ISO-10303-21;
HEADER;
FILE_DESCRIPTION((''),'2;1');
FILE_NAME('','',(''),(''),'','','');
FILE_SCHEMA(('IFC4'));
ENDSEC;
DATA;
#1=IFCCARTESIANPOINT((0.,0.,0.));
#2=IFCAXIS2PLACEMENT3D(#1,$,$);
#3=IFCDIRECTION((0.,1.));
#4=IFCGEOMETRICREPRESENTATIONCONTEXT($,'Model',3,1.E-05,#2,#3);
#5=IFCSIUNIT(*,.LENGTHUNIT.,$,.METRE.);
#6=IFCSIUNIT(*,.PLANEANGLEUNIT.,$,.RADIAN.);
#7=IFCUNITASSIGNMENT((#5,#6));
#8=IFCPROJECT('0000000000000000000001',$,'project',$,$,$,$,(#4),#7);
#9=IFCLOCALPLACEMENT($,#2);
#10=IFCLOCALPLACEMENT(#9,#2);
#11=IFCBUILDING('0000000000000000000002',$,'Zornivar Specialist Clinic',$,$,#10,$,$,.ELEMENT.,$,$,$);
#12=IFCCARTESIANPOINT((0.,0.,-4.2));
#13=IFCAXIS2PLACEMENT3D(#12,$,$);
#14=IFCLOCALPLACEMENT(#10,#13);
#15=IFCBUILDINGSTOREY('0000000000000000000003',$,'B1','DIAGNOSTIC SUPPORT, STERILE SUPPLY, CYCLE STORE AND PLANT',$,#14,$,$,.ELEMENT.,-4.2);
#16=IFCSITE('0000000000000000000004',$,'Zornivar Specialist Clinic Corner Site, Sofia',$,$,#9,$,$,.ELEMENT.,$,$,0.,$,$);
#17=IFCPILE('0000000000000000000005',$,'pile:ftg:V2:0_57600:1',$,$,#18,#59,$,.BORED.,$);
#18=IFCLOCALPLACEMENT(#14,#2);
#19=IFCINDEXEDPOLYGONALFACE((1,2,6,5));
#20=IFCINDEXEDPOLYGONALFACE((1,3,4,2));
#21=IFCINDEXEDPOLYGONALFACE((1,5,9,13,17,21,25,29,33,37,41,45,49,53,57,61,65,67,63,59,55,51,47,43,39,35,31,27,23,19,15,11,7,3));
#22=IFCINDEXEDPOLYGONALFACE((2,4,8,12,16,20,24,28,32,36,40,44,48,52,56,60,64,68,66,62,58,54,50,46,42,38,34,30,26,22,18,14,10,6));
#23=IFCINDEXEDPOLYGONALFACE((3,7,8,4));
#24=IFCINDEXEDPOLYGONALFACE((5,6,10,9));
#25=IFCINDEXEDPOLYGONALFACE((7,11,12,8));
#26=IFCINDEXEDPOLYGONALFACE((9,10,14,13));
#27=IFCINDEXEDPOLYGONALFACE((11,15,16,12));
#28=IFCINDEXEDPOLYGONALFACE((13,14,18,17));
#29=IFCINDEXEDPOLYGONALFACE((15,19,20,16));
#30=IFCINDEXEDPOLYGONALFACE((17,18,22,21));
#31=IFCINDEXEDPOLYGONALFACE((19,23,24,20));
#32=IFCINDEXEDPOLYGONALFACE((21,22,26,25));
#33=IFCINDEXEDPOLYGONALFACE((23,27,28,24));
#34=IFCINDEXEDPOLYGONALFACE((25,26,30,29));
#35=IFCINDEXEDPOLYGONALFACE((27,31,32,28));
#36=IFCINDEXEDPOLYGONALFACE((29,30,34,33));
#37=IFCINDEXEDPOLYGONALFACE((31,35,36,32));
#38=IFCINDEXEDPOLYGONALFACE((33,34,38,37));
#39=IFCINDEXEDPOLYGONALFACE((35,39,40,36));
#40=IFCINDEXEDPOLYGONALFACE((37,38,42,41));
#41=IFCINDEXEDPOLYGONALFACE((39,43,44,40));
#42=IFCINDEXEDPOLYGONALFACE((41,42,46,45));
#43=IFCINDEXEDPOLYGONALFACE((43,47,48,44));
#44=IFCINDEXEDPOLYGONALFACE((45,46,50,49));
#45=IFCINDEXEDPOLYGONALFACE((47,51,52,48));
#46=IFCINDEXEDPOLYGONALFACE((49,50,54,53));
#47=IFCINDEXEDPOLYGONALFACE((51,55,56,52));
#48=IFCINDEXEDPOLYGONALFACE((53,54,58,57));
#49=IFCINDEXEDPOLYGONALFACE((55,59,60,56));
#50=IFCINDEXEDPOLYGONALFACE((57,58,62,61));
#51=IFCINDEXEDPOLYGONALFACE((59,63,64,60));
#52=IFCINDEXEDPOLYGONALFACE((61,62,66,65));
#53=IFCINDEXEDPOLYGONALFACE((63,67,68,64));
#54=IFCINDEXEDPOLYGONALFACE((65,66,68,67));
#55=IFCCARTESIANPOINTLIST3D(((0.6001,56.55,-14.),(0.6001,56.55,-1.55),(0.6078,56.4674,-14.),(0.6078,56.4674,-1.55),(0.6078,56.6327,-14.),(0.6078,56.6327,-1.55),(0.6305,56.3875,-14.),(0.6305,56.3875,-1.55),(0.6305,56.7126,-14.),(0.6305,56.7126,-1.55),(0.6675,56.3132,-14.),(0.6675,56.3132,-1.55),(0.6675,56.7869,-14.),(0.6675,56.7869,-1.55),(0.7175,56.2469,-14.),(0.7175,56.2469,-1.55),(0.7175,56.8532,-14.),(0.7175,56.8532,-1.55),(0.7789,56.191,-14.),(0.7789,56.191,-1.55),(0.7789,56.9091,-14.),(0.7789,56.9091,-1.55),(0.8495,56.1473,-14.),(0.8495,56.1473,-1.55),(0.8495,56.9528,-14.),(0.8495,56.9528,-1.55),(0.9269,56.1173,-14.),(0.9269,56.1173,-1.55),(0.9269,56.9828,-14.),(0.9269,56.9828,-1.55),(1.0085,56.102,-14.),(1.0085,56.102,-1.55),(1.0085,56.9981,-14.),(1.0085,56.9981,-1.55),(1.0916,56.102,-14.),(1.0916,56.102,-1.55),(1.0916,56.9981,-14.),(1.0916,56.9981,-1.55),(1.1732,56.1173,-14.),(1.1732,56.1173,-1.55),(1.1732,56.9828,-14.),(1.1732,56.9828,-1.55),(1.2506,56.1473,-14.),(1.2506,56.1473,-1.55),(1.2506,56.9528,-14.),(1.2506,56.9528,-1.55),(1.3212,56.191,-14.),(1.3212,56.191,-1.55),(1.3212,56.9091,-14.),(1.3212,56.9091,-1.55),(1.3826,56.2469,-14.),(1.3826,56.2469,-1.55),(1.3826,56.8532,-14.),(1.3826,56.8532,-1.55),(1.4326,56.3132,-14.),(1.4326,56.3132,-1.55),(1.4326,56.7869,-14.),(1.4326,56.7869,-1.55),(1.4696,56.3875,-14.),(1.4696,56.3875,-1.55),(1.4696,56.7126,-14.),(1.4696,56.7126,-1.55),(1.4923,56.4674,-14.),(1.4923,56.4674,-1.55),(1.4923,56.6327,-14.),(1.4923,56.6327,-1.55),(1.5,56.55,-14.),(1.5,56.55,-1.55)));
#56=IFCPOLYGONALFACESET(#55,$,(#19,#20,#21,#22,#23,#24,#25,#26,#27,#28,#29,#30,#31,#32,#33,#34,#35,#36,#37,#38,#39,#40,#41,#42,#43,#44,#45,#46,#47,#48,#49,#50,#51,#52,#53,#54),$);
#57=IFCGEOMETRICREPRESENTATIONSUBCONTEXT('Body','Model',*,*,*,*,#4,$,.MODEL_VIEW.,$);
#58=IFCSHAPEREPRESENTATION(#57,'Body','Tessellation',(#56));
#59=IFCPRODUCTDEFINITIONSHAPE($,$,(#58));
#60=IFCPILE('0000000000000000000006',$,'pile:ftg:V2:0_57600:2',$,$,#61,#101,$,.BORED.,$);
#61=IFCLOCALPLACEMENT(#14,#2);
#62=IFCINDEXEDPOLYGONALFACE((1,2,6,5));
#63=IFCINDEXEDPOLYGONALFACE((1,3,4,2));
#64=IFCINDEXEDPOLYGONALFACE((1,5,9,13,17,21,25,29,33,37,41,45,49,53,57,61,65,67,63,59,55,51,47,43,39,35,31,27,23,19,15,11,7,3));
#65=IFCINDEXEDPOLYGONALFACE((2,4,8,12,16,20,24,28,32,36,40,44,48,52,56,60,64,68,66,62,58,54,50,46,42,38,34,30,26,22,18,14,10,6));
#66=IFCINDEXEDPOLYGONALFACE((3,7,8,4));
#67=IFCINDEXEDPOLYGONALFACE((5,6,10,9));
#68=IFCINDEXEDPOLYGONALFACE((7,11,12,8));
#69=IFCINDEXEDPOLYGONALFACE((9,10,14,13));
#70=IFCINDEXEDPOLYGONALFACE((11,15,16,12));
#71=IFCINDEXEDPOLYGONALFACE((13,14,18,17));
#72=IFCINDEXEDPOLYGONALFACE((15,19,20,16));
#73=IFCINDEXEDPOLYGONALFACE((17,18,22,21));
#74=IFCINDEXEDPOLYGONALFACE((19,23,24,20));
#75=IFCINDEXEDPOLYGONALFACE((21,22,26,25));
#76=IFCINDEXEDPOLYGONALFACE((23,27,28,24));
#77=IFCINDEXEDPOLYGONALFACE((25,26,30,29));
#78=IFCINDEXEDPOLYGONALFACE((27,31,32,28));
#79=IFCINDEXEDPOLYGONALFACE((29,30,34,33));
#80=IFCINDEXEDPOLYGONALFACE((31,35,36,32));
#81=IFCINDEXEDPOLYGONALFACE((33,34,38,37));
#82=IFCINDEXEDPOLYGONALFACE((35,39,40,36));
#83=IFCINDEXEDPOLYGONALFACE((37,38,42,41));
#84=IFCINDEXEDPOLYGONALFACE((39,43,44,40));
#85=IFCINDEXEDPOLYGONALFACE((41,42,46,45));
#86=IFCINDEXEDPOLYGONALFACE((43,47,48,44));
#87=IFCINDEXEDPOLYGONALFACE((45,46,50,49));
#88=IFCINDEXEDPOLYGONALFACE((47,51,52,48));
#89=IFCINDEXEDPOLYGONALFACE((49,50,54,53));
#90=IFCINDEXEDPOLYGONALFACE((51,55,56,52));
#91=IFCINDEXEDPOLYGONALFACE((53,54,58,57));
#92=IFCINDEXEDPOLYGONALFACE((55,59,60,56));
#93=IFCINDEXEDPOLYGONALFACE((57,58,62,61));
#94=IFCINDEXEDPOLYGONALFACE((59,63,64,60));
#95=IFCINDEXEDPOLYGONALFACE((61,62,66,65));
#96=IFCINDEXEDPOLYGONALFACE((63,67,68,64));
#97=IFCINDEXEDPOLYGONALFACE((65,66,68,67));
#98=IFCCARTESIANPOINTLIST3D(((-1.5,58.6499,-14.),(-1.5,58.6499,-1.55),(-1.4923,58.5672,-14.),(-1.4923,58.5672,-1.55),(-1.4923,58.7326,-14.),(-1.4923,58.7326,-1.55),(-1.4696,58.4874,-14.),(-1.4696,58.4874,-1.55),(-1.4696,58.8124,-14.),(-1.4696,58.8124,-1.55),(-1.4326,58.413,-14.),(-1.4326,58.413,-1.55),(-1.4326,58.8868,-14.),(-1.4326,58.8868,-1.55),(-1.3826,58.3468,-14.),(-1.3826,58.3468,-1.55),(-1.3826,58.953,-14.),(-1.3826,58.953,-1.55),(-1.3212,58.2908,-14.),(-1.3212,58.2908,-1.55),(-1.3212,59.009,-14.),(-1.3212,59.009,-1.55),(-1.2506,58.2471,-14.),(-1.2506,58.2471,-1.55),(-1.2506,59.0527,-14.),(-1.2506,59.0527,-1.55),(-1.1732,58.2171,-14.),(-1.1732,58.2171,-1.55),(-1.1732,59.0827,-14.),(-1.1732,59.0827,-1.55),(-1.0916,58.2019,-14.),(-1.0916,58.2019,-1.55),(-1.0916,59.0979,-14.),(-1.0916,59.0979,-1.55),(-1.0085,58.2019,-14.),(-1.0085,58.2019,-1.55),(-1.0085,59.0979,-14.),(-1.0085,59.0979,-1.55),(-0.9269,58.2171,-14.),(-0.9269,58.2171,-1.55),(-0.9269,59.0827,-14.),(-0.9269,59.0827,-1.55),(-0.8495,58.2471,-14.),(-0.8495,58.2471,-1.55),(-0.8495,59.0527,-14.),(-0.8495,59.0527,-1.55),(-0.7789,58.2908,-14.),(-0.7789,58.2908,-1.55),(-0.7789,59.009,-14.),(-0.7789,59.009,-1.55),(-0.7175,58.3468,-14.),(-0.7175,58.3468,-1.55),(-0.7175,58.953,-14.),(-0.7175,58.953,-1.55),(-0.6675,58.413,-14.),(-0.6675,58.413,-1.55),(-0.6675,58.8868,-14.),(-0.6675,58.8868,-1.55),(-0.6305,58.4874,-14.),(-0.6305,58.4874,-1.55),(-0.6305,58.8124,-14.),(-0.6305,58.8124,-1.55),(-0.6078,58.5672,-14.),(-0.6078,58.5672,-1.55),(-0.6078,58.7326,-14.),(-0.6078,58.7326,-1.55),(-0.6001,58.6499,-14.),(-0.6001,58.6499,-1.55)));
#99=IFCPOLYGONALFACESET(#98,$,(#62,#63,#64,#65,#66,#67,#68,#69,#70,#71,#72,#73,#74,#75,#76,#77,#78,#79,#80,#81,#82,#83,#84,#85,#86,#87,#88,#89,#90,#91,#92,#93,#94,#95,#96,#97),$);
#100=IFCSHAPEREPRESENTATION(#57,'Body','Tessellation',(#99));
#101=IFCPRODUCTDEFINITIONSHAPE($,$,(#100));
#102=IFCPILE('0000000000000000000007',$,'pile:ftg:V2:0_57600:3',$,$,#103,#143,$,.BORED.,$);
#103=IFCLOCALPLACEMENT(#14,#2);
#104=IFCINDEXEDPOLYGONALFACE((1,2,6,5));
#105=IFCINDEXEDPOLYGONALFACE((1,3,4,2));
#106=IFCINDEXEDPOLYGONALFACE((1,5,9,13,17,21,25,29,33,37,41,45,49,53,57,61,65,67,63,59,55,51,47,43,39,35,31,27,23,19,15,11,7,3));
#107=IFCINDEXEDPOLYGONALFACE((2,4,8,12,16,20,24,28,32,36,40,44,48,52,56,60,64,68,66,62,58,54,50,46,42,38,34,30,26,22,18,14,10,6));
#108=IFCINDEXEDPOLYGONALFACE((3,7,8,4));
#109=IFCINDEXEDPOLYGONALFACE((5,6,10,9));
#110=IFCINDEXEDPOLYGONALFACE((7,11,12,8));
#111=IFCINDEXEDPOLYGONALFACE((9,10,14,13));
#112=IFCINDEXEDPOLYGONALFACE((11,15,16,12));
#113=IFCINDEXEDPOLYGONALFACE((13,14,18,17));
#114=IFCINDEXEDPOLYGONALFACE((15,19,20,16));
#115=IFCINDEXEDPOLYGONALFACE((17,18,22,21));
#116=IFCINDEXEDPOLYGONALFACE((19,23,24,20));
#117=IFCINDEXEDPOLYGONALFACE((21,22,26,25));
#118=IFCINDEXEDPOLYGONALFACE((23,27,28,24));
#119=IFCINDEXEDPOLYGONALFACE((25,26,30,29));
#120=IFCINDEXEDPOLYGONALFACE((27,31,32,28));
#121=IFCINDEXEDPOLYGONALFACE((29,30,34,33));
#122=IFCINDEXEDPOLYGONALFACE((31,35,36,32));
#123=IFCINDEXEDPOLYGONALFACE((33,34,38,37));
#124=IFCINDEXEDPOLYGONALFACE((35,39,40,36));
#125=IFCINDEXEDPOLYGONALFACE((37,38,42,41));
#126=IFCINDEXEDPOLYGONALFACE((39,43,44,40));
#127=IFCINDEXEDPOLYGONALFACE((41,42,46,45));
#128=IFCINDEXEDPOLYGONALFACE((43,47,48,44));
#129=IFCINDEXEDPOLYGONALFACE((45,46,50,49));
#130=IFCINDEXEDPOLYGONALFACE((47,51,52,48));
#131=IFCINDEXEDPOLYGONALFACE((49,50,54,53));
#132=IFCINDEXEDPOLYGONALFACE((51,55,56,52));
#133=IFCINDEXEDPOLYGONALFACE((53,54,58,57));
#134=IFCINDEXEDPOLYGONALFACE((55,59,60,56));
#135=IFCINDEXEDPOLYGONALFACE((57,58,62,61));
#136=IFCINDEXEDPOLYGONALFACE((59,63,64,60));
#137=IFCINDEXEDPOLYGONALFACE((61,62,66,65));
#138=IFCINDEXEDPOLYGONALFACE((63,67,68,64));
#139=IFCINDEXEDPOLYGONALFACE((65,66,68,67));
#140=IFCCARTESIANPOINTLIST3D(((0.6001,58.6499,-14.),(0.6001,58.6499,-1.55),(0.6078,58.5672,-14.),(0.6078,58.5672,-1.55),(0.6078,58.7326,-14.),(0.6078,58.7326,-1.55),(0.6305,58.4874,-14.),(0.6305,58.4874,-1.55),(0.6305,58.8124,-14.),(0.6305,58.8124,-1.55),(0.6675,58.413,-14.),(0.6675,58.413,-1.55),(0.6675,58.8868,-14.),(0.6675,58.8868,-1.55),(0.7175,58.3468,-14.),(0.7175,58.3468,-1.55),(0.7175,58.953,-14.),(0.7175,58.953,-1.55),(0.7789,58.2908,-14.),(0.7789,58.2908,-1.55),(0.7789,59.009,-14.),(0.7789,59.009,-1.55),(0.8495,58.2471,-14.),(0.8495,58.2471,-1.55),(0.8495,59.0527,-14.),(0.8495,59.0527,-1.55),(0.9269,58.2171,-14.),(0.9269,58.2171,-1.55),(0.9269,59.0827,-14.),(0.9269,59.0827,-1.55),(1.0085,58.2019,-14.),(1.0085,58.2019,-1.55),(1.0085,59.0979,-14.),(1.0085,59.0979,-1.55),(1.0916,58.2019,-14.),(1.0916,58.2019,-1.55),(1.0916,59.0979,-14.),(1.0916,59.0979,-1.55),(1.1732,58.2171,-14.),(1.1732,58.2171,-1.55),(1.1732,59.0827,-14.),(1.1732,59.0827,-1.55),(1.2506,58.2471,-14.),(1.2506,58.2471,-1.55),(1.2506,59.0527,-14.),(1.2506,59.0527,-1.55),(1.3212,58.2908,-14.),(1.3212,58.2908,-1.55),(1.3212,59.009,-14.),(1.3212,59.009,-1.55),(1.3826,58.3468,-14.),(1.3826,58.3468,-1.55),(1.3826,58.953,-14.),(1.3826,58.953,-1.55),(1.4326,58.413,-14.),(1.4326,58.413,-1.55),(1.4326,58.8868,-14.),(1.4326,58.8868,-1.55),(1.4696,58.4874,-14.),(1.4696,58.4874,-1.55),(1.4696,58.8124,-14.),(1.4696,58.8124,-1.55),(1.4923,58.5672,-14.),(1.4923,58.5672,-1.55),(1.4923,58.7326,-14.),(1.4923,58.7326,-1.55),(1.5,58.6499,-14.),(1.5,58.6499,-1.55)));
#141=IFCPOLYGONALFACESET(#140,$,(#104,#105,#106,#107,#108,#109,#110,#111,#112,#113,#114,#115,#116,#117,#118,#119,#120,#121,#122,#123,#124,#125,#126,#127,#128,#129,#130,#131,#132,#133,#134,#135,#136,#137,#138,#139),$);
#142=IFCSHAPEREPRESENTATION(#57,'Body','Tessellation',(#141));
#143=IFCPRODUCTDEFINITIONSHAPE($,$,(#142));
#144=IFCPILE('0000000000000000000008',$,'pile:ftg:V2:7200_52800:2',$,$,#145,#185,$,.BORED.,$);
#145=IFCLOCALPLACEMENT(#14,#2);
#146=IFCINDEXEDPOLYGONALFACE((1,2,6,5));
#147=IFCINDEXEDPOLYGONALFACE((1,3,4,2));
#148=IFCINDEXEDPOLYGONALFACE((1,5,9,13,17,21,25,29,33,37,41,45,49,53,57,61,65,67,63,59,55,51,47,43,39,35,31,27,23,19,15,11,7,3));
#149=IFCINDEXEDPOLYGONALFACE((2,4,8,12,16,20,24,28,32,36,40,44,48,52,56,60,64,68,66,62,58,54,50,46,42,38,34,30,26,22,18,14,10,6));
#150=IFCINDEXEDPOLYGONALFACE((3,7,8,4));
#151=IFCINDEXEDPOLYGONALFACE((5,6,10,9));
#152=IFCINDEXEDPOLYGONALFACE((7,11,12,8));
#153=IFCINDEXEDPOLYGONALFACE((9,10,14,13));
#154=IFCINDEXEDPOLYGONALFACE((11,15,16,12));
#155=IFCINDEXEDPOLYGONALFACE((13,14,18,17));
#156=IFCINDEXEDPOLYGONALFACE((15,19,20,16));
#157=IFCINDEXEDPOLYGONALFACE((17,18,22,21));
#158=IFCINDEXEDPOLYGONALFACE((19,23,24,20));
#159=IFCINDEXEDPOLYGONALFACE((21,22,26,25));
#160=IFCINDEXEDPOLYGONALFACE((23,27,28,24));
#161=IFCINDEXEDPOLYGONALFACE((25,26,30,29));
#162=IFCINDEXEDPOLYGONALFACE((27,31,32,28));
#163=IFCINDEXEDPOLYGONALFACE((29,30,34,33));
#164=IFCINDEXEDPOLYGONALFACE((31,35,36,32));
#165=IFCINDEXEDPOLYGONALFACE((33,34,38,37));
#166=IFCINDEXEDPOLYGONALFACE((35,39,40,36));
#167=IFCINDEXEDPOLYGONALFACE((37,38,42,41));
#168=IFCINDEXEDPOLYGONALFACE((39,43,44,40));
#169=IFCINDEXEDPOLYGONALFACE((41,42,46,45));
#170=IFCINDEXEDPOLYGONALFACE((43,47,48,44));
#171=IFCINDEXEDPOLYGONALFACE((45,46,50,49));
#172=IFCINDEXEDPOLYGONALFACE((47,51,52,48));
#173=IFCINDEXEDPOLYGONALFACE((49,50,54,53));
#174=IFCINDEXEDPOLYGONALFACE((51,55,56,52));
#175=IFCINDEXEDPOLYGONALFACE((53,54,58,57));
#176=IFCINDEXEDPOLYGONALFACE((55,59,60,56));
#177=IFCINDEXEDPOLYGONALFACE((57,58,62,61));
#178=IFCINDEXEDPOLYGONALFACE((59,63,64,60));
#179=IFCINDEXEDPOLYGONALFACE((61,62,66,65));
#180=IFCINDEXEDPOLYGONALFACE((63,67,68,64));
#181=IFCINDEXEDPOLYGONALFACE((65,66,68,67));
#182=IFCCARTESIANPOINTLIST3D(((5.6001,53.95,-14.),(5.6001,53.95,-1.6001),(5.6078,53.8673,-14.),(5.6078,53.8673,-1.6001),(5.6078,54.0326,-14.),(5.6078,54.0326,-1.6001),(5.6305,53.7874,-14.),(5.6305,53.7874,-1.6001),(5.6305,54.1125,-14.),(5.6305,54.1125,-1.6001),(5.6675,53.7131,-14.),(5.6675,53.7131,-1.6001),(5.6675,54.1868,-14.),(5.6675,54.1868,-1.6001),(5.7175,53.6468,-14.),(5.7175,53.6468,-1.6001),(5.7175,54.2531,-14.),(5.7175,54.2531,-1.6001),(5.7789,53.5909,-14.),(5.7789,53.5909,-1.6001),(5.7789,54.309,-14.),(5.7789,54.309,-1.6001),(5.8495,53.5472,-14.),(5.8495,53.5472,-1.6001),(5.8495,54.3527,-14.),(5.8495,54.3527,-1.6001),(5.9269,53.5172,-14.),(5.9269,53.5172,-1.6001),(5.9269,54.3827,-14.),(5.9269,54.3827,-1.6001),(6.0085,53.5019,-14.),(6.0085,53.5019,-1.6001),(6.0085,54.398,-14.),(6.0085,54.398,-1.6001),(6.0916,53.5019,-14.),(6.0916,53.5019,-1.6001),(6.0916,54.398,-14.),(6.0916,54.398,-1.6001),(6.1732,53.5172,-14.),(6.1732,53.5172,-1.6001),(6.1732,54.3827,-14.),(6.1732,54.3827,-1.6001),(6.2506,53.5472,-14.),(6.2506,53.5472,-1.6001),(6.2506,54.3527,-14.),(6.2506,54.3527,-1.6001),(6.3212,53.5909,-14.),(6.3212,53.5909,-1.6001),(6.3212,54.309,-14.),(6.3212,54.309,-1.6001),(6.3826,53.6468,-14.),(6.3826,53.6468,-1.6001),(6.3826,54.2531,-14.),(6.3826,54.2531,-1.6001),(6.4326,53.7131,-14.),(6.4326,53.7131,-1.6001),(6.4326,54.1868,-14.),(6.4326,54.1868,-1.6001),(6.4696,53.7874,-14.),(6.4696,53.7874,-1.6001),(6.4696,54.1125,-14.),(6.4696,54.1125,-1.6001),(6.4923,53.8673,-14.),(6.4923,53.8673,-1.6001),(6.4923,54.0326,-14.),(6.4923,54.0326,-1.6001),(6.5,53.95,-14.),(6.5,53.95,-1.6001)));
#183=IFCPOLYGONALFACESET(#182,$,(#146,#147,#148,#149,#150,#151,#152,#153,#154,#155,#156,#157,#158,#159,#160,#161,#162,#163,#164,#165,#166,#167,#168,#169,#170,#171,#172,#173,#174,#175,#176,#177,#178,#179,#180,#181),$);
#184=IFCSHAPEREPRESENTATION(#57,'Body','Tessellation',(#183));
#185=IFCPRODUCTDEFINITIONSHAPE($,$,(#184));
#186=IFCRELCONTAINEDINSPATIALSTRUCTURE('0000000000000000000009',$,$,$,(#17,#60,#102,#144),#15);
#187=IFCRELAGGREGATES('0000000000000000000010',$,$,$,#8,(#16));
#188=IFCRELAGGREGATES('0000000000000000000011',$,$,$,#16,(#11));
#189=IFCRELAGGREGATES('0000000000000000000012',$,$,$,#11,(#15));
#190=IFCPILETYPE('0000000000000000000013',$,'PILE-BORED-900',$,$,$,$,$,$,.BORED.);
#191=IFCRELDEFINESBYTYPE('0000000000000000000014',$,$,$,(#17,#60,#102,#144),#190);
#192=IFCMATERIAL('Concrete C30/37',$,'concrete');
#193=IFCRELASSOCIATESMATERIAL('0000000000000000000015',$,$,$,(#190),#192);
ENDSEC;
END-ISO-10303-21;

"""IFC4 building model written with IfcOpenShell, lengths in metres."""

from ifc_helpers import new_model, si_unit, direction, frame, origin, origin_2d, place, context, subcontext, project, spatial, circle, extrude, material, material_profile, profile_set, type_object, element, save


model = new_model("IFC4")

# Units and contexts
model_context = context("Model", 3, precision=1e-05, world=origin(), true_north=direction((0.0, 1.0)))
body_context = subcontext(model_context, "Body", "Model", "MODEL_VIEW")
ifc_project = project(units=[si_unit("LENGTHUNIT", "METRE"), si_unit("PLANEANGLEUNIT", "RADIAN")], contexts=[model_context])

# Site, building, storey
site_placement = place(None, origin())
site = spatial("IfcSite", under=ifc_project, at=site_placement, Name="Zornivar Specialist Clinic Corner Site, Sofia", CompositionType="ELEMENT", RefElevation=0.0)
building_placement = place(site_placement, origin())
building = spatial("IfcBuilding", under=site, at=building_placement, Name="Zornivar Specialist Clinic", CompositionType="ELEMENT")
storey_placement = place(building_placement, frame((0.0, 0.0, -4.2)))
storey = spatial("IfcBuildingStorey", under=building, at=storey_placement, Name="B1", Description="DIAGNOSTIC SUPPORT, STERILE SUPPLY, CYCLE STORE AND PLANT", CompositionType="ELEMENT", Elevation=-4.2)

# Piles
ifc_material_1 = material(Name="Concrete C30/37", Category="concrete")
ifc_material_profile_1 = material_profile(ifc_material_1, circle(Radius=0.45, at=origin_2d()), Name="PILE D900")
ifc_profile_set_1 = profile_set([ifc_material_profile_1], Name="Concrete C30/37")
pile_type = type_object("IfcPileType", Name="PILE-BORED-900", PredefinedType="BORED", material=ifc_profile_set_1)
for number, where, z_axis, x_axis, name in (
    (1, (1.05, 56.55, -1.55), (0.0, 0.0, -1.0), (1.0, 0.0, 0.0), "pile:ftg:V2:0_57600:1"),
    (2, (-1.05, 58.6499, -1.55), (0.0, 0.0, -1.0), (1.0, 0.0, 0.0), "pile:ftg:V2:0_57600:2"),
    (3, (1.05, 58.6499, -1.55), (0.0, 0.0, -1.0), (1.0, 0.0, 0.0), "pile:ftg:V2:0_57600:3"),
):
    element("IfcPile", number, at=place(storey_placement, frame(where, z_axis=z_axis, x_axis=x_axis)), inside=storey, type_object=pile_type, Name=name, PredefinedType="BORED", context=body_context, shape_type="SweptSolid", body=[
        extrude(circle(Radius=0.45, at=origin_2d()), origin(), (0.0, 0.0, 1.0), 12.45),
    ])
pile_placement = place(storey_placement, frame((6.05, 53.95, -1.6001), z_axis=(0.0, 0.0, -1.0), x_axis=(1.0, 0.0, 0.0)))
element("IfcPile", 4, at=pile_placement, inside=storey, type_object=pile_type, Name="pile:ftg:V2:7200_52800:2", PredefinedType="BORED", context=body_context, shape_type="SweptSolid", body=[
    extrude(circle(Radius=0.45, at=origin_2d()), origin(), (0.0, 0.0, 1.0), 12.3999),
])

save(model, "model.ifc")
